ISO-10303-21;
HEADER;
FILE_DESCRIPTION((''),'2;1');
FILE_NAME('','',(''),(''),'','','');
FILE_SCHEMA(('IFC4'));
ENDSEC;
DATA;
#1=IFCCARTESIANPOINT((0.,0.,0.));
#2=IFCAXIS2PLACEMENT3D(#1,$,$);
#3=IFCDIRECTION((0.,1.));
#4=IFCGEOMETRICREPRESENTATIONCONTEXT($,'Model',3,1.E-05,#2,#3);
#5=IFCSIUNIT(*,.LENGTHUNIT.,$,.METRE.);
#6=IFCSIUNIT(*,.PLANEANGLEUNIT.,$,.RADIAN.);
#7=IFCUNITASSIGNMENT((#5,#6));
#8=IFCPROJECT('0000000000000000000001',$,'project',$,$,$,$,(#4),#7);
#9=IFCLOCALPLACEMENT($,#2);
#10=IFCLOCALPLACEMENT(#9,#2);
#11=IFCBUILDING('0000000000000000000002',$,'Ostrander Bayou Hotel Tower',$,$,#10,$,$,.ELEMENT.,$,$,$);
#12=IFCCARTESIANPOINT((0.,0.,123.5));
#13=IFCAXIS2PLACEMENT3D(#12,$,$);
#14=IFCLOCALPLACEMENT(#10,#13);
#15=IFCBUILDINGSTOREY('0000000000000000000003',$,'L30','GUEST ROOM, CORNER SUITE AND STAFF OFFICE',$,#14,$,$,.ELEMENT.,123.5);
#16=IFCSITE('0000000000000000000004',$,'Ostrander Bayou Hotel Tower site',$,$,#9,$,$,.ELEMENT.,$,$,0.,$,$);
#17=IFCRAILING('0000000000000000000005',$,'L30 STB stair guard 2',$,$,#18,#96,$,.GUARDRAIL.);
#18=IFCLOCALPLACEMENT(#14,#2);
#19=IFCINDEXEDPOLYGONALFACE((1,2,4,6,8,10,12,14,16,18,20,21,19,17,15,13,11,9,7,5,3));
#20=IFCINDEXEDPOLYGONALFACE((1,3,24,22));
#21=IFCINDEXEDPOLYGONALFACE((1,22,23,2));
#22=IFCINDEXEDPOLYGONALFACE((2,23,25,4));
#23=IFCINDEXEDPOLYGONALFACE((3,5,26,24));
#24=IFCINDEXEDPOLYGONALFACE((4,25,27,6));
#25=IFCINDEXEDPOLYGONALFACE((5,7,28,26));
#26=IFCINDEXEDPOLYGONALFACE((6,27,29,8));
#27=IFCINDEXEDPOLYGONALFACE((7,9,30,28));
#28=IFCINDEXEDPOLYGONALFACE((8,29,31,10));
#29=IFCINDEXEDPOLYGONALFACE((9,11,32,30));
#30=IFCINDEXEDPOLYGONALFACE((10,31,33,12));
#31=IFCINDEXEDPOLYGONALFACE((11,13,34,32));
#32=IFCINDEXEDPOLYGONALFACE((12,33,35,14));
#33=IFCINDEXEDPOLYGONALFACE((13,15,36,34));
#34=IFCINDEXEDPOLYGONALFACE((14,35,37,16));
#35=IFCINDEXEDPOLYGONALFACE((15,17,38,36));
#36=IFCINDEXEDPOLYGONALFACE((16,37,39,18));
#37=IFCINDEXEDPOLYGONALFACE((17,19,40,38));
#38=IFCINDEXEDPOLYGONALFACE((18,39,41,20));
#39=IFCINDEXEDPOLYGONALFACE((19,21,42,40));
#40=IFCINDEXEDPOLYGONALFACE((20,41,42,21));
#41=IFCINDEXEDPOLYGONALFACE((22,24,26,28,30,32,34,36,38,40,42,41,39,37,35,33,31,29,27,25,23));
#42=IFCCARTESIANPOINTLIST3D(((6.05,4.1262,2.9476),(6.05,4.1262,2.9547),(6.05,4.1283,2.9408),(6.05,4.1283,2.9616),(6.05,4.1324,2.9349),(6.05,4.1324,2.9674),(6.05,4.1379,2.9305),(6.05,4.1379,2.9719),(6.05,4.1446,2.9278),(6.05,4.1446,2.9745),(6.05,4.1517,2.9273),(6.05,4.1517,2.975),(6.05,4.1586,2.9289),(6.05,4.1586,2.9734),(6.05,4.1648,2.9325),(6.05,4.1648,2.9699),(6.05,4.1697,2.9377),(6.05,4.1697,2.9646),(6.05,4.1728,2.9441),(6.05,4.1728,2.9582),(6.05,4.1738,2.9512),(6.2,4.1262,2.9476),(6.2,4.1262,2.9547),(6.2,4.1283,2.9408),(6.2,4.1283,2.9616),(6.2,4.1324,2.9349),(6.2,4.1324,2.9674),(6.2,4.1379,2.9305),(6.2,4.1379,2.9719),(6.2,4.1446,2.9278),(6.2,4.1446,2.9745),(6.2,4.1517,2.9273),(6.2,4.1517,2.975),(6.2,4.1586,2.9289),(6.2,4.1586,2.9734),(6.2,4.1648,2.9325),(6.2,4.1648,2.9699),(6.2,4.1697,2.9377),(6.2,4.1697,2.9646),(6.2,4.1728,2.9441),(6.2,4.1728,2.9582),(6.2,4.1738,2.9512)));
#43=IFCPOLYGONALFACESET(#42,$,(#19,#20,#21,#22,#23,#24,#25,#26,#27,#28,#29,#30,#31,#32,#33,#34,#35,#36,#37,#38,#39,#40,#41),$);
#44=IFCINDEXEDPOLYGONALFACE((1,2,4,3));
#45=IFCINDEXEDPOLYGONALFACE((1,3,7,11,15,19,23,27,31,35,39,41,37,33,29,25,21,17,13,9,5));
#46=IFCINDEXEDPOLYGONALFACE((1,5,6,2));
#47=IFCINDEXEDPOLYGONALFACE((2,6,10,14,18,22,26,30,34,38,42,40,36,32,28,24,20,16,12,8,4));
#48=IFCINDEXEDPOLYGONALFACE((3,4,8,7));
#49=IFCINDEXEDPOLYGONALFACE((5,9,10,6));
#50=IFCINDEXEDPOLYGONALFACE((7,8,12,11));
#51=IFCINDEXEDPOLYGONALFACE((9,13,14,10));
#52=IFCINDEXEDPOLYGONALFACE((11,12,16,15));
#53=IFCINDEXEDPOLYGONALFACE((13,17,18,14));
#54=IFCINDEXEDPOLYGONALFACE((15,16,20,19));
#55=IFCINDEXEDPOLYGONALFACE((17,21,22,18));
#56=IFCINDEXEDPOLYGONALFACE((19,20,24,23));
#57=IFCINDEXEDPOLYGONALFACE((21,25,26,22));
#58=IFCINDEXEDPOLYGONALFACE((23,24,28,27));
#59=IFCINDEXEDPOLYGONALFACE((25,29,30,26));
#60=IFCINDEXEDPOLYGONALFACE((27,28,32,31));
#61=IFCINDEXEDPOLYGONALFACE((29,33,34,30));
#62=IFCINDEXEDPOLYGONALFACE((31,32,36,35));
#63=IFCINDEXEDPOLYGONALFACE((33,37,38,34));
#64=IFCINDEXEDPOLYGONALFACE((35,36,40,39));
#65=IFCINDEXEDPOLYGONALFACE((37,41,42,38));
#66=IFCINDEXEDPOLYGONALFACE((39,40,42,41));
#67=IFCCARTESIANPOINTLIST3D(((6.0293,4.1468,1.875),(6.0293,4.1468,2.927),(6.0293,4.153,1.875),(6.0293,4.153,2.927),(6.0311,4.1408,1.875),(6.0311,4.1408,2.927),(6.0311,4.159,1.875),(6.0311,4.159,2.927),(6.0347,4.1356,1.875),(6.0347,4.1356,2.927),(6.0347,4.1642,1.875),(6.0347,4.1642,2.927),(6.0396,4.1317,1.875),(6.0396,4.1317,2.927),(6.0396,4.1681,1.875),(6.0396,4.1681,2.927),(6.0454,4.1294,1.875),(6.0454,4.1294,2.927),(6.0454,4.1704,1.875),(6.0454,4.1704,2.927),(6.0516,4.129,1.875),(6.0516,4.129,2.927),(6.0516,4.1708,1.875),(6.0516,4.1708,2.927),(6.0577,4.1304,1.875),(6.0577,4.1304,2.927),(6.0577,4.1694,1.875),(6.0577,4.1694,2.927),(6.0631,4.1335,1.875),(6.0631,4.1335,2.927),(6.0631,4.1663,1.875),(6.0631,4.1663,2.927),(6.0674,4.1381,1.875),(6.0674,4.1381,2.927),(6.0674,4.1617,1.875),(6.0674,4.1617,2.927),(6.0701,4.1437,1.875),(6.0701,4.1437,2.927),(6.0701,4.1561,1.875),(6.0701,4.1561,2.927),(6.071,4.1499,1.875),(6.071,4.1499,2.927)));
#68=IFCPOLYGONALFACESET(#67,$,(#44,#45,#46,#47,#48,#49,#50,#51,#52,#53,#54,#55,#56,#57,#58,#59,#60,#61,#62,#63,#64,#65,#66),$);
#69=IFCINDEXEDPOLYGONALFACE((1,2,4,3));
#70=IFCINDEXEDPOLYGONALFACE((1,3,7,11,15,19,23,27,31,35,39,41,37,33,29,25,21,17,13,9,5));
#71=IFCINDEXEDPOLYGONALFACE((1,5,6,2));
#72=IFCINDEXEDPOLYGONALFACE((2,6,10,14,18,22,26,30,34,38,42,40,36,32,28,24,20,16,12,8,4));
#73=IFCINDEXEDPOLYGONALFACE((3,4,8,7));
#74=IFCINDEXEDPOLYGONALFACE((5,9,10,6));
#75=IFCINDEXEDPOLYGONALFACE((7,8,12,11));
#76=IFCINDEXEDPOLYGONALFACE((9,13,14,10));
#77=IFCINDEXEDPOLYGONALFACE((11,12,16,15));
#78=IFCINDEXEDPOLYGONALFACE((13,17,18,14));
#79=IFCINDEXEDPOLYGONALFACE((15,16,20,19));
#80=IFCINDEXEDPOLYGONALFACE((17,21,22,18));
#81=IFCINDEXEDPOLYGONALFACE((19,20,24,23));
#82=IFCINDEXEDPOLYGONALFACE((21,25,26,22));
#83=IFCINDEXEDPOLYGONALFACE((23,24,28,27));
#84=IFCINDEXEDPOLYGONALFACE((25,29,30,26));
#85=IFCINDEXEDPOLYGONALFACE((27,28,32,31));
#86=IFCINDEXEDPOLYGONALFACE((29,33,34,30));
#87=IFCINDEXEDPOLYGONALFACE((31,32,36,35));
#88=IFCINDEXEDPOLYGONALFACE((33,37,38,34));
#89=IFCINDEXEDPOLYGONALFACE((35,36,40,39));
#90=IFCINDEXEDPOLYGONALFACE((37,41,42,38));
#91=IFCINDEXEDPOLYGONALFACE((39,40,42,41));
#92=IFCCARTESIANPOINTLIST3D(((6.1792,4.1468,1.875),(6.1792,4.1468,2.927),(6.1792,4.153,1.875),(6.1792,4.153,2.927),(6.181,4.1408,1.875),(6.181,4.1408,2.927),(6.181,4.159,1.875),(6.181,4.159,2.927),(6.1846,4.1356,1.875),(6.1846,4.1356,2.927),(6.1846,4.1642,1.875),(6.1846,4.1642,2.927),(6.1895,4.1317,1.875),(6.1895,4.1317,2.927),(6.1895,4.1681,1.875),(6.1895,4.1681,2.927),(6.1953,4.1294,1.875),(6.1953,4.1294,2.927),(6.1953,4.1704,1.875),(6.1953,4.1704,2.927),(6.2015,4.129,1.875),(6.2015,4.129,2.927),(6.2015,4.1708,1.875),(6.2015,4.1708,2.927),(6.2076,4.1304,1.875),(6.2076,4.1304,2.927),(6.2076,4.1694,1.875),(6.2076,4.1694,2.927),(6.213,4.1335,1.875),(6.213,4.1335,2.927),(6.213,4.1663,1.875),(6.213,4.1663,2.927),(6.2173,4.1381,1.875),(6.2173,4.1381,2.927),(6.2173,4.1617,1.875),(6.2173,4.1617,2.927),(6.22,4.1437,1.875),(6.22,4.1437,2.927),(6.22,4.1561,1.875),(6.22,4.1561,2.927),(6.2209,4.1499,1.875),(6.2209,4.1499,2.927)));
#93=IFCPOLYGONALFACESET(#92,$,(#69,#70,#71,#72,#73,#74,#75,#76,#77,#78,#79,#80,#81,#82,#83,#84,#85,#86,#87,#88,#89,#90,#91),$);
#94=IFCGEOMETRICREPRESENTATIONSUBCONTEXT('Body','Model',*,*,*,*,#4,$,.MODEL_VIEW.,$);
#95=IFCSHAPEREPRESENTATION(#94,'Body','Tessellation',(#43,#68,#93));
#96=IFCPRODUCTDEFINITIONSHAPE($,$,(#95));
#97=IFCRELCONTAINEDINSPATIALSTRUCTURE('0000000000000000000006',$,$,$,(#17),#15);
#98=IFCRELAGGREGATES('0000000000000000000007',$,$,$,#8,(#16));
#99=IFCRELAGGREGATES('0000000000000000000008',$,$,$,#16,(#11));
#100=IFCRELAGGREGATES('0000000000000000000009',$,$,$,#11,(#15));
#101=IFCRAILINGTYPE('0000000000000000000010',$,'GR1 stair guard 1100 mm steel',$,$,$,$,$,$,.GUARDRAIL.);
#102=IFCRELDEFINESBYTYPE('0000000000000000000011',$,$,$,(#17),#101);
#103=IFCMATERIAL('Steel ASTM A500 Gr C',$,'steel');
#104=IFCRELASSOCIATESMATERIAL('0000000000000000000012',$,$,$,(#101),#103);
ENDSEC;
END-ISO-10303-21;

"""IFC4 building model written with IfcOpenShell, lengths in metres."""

from ifc_helpers import new_model, si_unit, direction, frame, origin, origin_2d, place, context, subcontext, project, spatial, circle, extrude, material, type_object, element, save


model = new_model("IFC4")

# Units and contexts
model_context = context("Model", 3, precision=1e-05, world=origin(), true_north=direction((0.0, 1.0)))
body_context = subcontext(model_context, "Body", "Model", "MODEL_VIEW")
ifc_project = project(units=[si_unit("LENGTHUNIT", "METRE"), si_unit("PLANEANGLEUNIT", "RADIAN")], contexts=[model_context])

# Site, building, storey
site_placement = place(None, origin())
site = spatial("IfcSite", under=ifc_project, at=site_placement, Name="Ostrander Bayou Hotel Tower site", CompositionType="ELEMENT", RefElevation=0.0)
building_placement = place(site_placement, origin())
building = spatial("IfcBuilding", under=site, at=building_placement, Name="Ostrander Bayou Hotel Tower", CompositionType="ELEMENT")
storey_placement = place(building_placement, frame((0.0, 0.0, 123.5)))
storey = spatial("IfcBuildingStorey", under=building, at=storey_placement, Name="L30", Description="GUEST ROOM, CORNER SUITE AND STAFF OFFICE", CompositionType="ELEMENT", Elevation=123.5)

# Railing
ifc_material_1 = material(Name="Steel ASTM A500 Gr C", Category="steel")
railing_type_1 = type_object("IfcRailingType", Name="GR1 stair guard 1100 mm steel", PredefinedType="GUARDRAIL", material=ifc_material_1)
railing_1_placement = place(storey_placement, frame((6.05, 4.1499, 1.875)))
element("IfcRailing", 1, at=railing_1_placement, inside=storey, type_object=railing_type_1, Name="L30 STB stair guard 2", PredefinedType="GUARDRAIL", context=body_context, shape_type="SweptSolid", body=[
    extrude(circle(Radius=0.0239, at=origin_2d()), frame((0.0, 0.0, 1.0762), z_axis=(1.0, 0.0, 0.0), x_axis=(0.0, 1.0, 0.0)), (0.0, 0.0, 1.0), 0.1499),
    extrude(circle(Radius=0.021, at=origin_2d()), origin(), (0.0, 0.0, 1.0), 1.052),
    extrude(circle(Radius=0.021, at=origin_2d()), frame((0.1499, 0.0, 0.0)), (0.0, 0.0, 1.0), 1.052),
])

save(model, "model.ifc")
